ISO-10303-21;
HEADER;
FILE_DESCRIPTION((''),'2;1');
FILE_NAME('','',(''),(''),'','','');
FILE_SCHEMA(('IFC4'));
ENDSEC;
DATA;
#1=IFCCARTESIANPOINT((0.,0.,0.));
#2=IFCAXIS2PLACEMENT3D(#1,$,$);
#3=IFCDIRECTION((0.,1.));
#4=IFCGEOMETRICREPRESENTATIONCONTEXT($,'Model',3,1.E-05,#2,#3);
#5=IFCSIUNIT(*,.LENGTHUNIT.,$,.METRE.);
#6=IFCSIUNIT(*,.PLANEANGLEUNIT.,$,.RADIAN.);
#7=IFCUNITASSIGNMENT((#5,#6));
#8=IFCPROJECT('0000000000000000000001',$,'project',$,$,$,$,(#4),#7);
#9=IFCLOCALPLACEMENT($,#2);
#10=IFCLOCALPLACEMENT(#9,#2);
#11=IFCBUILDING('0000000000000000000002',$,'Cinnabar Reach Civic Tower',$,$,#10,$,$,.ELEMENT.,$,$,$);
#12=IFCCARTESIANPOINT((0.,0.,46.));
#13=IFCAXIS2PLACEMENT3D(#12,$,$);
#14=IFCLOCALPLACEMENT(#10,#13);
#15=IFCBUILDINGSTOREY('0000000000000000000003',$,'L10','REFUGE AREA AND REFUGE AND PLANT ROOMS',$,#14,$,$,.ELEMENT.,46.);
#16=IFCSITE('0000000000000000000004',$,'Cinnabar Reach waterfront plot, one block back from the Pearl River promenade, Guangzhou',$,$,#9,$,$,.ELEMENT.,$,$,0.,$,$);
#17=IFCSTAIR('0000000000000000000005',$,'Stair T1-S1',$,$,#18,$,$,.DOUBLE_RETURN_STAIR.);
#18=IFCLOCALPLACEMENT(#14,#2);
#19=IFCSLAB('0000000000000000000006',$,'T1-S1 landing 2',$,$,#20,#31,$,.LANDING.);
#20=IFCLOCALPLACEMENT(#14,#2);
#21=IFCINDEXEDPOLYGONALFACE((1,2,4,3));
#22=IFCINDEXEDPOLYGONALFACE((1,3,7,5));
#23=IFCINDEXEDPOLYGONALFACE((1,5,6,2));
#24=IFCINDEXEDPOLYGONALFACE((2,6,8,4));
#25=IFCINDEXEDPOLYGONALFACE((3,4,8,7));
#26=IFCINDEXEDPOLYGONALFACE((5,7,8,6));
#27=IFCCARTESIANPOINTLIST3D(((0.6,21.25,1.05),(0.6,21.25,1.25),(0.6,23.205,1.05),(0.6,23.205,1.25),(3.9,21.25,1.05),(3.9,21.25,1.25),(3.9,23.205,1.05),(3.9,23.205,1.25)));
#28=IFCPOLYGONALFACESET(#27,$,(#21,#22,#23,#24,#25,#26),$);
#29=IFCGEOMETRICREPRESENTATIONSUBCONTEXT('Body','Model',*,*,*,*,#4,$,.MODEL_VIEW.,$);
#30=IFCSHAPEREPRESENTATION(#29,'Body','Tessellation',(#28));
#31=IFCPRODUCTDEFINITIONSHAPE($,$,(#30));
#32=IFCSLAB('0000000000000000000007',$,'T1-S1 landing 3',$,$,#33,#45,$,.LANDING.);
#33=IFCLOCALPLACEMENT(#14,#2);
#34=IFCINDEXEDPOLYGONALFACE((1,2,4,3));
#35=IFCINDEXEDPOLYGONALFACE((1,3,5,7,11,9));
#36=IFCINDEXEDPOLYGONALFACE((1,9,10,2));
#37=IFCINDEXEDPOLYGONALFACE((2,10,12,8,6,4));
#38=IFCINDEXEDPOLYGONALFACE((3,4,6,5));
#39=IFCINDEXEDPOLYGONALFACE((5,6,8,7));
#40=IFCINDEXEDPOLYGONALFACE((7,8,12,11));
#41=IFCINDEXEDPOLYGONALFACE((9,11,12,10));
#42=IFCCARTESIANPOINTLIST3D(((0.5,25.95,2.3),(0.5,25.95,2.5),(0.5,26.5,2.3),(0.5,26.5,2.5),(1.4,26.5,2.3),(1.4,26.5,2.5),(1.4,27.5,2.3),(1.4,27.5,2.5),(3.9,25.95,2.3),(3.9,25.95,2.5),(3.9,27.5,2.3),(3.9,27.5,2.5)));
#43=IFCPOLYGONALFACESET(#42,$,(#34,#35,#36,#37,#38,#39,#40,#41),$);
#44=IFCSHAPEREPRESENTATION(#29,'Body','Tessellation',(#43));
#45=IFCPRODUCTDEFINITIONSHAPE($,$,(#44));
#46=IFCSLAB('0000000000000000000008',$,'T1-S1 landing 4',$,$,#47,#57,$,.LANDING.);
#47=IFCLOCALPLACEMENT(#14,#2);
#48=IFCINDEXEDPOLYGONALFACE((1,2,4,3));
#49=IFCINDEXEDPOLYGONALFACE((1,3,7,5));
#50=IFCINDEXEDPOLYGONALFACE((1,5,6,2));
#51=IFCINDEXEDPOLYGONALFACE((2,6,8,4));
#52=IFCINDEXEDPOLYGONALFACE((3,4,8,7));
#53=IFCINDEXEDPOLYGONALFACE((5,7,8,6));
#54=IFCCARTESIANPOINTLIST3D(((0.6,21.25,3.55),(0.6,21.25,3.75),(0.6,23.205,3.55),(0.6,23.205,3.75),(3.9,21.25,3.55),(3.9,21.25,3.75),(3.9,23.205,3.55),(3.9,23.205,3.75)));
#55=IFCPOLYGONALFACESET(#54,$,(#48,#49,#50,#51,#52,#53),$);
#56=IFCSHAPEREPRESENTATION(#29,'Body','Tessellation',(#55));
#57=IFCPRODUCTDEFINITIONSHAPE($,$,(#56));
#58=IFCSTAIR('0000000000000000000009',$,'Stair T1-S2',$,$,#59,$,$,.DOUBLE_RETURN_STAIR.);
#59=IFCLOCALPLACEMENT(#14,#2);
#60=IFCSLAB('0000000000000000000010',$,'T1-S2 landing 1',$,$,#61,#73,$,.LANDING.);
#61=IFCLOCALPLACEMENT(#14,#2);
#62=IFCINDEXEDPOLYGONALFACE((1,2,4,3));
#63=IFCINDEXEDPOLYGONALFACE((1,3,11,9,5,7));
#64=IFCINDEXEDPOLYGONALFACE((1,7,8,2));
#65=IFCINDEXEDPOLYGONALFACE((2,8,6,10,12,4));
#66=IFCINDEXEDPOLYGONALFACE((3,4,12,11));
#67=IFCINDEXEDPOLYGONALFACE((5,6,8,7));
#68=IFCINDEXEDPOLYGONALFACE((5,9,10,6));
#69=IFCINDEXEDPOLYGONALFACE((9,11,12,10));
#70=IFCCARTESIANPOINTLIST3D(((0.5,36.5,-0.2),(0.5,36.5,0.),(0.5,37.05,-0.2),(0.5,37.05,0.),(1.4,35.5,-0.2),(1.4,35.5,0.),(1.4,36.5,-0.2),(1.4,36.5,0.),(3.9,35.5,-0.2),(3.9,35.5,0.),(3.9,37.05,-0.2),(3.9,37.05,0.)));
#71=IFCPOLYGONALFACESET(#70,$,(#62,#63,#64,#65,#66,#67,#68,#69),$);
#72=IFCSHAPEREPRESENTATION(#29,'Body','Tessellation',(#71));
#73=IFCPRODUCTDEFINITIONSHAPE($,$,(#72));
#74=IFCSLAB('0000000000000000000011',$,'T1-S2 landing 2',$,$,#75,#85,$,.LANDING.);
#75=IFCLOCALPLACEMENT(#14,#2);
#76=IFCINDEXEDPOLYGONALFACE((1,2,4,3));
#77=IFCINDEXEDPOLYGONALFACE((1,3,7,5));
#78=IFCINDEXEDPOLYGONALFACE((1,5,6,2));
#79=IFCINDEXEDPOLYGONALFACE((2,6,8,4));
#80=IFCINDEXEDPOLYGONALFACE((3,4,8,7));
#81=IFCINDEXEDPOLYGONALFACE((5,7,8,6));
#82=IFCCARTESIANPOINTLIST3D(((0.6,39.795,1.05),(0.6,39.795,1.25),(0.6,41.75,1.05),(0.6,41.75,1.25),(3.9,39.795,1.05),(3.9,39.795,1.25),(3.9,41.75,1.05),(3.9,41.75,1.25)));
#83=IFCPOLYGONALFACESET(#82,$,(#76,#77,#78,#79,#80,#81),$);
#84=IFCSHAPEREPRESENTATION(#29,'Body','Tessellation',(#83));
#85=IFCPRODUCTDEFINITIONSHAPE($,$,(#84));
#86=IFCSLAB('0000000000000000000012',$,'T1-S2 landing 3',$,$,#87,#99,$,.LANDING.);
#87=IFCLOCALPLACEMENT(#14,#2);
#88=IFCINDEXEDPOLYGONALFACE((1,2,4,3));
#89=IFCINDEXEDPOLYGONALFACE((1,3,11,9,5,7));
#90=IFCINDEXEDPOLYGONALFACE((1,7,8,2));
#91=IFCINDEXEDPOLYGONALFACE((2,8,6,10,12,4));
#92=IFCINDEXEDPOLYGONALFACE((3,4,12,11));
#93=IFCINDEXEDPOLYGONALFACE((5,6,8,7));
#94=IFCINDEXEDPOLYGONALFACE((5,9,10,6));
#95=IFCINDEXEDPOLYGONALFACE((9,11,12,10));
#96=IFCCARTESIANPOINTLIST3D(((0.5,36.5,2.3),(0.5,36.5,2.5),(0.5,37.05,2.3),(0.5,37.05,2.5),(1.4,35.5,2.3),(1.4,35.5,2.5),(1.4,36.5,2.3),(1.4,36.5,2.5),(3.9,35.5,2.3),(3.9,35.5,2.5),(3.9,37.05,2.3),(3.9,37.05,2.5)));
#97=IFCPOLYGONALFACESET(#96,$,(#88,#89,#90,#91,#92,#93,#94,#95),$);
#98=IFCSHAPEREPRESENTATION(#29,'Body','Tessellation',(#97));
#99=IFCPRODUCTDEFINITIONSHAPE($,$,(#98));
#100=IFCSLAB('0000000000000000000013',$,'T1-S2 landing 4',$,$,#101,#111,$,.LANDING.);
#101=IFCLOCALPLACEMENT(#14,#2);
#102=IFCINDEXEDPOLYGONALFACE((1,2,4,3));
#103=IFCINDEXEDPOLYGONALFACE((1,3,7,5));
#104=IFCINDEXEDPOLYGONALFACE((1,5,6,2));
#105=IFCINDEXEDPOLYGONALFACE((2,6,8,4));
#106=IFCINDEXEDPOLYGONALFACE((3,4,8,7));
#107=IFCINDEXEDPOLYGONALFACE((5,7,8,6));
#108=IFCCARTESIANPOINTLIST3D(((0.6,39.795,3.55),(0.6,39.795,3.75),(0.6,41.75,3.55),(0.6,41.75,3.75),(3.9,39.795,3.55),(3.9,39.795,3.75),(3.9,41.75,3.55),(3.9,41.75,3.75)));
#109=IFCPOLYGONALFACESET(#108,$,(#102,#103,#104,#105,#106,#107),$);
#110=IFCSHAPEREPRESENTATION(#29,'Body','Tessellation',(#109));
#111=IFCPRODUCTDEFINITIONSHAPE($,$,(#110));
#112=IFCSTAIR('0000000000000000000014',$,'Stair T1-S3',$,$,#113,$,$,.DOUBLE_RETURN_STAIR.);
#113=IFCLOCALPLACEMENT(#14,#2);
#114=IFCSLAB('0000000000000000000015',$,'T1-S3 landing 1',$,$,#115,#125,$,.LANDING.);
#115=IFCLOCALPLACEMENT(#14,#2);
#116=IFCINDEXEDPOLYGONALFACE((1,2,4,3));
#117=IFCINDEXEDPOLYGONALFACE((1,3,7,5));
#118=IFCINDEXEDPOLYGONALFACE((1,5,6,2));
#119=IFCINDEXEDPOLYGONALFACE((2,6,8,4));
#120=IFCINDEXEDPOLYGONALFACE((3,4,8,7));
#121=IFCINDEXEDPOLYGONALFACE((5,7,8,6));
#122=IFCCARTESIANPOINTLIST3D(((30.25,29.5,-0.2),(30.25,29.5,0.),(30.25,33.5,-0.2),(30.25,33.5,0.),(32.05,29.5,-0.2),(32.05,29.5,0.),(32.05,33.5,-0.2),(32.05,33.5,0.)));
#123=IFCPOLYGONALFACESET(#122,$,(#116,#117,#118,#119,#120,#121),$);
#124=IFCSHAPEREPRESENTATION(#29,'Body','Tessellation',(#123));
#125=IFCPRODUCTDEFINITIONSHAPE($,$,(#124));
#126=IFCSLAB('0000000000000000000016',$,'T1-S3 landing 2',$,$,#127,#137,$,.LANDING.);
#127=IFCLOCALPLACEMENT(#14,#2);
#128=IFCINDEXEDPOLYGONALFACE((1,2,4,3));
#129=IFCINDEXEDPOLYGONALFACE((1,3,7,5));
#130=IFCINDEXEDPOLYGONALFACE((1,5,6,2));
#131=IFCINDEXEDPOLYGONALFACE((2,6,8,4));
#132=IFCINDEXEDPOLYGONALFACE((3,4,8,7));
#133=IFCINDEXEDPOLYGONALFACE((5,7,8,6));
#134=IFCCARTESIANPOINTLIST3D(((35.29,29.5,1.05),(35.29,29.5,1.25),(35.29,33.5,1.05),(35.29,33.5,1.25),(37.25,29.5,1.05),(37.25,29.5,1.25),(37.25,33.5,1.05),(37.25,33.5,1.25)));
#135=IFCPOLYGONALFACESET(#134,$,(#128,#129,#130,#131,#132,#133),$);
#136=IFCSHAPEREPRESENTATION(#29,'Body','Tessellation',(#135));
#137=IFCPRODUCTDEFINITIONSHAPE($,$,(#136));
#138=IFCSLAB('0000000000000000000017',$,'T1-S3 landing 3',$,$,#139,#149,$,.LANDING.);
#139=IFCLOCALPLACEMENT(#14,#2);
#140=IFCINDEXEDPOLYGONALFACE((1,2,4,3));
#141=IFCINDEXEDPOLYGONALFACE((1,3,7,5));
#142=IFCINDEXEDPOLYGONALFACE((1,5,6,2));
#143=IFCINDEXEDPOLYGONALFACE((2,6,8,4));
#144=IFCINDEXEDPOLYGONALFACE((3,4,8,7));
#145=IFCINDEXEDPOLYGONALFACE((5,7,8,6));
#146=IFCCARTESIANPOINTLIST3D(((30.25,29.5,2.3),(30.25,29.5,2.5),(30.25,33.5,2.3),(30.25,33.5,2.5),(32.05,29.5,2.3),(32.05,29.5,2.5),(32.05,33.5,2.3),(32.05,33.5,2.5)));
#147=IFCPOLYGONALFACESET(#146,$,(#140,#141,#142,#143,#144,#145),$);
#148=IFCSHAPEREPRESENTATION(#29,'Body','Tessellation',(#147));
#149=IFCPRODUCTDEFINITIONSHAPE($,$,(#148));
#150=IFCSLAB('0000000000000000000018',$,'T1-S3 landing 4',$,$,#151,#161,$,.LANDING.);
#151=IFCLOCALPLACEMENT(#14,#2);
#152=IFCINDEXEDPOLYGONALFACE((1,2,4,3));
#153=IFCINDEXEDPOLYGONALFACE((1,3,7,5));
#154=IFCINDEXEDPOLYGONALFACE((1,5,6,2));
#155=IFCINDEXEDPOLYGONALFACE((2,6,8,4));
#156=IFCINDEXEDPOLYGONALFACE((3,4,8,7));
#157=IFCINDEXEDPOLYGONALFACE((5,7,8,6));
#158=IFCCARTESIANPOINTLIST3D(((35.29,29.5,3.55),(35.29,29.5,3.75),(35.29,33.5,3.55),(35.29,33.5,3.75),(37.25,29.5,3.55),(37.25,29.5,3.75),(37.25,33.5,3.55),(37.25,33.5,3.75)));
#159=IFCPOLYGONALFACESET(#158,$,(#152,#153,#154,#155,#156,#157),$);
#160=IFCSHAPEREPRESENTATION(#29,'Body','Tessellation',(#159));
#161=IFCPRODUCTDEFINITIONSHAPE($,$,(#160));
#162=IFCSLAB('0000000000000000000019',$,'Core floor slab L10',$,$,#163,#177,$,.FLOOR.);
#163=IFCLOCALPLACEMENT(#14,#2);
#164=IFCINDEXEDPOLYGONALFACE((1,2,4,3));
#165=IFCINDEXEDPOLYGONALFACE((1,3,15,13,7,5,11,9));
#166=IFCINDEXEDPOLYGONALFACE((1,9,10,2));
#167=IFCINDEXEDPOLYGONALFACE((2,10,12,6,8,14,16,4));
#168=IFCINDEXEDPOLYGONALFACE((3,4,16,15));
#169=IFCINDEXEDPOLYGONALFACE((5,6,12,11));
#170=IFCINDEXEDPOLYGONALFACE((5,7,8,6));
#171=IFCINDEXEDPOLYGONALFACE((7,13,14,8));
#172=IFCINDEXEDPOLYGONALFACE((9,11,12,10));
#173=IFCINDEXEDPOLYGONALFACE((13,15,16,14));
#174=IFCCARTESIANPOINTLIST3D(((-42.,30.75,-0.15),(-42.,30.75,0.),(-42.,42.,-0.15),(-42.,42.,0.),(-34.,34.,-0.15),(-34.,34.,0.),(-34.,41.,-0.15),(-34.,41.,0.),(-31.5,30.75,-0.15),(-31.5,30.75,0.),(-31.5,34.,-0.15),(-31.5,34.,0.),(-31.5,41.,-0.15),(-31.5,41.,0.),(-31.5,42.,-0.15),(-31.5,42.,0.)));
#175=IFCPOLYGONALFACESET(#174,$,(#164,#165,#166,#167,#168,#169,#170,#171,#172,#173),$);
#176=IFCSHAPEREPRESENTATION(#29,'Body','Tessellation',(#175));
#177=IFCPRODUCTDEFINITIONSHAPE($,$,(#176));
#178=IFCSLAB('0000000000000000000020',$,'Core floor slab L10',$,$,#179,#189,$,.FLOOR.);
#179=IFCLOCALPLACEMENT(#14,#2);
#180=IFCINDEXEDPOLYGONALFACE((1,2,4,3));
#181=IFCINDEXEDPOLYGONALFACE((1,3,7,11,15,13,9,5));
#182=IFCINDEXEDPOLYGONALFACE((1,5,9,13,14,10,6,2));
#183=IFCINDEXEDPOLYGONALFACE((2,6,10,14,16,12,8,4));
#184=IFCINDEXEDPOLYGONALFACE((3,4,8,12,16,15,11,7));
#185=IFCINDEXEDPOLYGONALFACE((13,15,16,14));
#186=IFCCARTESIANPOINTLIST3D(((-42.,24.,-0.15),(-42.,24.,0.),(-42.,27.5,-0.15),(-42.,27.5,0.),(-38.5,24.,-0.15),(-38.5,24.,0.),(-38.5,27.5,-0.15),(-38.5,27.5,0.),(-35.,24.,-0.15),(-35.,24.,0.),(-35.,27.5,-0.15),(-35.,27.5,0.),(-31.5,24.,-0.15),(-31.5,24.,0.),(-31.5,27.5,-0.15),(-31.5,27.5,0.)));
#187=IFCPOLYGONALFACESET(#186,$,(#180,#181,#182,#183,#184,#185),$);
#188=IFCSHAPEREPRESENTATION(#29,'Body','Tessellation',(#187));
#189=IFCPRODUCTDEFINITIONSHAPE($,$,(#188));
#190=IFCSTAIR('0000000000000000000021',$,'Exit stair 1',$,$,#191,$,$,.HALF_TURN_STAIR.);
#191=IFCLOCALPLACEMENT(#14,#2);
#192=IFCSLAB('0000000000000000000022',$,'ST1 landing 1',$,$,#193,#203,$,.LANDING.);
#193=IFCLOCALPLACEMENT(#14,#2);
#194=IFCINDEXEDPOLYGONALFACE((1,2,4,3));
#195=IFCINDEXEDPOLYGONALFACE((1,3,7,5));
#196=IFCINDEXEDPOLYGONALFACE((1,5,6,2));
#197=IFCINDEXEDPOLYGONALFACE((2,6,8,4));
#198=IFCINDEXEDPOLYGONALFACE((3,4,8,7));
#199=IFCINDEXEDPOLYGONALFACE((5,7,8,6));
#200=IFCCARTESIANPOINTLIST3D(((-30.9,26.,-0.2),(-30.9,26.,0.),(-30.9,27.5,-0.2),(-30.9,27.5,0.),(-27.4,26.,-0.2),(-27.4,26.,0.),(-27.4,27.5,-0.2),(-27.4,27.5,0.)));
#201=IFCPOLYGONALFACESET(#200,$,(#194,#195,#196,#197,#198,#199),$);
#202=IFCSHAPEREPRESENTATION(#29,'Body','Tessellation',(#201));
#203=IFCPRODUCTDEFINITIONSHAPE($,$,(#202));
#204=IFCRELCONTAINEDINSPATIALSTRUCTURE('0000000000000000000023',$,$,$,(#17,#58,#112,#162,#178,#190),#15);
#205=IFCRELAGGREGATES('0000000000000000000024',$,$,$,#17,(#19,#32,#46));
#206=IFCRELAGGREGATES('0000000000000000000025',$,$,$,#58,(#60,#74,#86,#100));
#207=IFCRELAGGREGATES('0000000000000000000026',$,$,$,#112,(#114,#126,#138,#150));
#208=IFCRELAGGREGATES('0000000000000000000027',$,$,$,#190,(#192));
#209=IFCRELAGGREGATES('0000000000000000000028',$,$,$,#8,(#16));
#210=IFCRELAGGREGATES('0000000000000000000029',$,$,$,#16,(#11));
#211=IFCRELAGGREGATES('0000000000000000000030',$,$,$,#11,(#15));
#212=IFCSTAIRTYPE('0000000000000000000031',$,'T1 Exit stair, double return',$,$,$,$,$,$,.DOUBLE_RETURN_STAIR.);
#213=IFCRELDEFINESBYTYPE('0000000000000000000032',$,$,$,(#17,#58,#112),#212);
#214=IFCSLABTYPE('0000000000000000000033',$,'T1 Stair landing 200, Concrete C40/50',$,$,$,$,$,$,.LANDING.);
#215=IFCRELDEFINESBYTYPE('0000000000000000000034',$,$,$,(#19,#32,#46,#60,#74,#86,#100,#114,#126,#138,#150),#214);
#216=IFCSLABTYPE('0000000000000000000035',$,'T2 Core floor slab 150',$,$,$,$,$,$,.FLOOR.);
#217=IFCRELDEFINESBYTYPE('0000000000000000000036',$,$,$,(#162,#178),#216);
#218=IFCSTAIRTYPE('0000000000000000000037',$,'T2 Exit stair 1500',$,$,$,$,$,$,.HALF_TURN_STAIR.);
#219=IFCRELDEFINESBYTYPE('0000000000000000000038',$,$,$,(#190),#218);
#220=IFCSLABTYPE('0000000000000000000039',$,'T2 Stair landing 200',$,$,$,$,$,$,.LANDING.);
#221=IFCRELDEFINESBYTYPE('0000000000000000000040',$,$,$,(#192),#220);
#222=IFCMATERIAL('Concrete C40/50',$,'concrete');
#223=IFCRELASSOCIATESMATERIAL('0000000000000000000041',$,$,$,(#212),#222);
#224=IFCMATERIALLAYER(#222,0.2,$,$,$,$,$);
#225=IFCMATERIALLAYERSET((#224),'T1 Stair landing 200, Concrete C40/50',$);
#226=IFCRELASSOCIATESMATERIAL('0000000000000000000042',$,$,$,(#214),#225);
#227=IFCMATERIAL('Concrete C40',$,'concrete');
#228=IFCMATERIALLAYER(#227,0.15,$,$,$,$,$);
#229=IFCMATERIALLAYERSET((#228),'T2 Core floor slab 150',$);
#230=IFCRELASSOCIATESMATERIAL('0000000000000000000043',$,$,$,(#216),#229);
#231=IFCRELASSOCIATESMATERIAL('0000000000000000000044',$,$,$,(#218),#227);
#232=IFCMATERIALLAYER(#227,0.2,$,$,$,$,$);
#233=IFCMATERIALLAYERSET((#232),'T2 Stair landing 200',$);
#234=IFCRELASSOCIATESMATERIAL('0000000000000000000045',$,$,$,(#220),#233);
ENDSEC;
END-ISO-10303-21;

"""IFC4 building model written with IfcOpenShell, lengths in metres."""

from ifc_helpers import new_model, si_unit, direction, frame, origin, place, context, subcontext, project, spatial, polyline, outline, extrude, material, layer, layer_set, type_object, element, aggregate, save


model = new_model("IFC4")

# Units and contexts
model_context = context("Model", 3, precision=1e-05, world=origin(), true_north=direction((0.0, 1.0)))
body_context = subcontext(model_context, "Body", "Model", "MODEL_VIEW")
ifc_project = project(units=[si_unit("LENGTHUNIT", "METRE"), si_unit("PLANEANGLEUNIT", "RADIAN")], contexts=[model_context])

# Site, building, storey
site_placement = place(None, origin())
site = spatial("IfcSite", under=ifc_project, at=site_placement, Name="Cinnabar Reach waterfront plot, one block back from the Pearl River promenade, Guangzhou", CompositionType="ELEMENT", RefElevation=0.0)
building_placement = place(site_placement, origin())
building = spatial("IfcBuilding", under=site, at=building_placement, Name="Cinnabar Reach Civic Tower", CompositionType="ELEMENT")
storey_placement = place(building_placement, frame((0.0, 0.0, 46.0)))
storey = spatial("IfcBuildingStorey", under=building, at=storey_placement, Name="L10", Description="REFUGE AREA AND REFUGE AND PLANT ROOMS", CompositionType="ELEMENT", Elevation=46.0)

# Stairs, slabs
ifc_material_1 = material(Name="Concrete C40/50", Category="concrete")
stair_type_1 = type_object("IfcStairType", Name="T1 Exit stair, double return", PredefinedType="DOUBLE_RETURN_STAIR", material=ifc_material_1)
stair_1_placement = place(storey_placement, origin())
stair_1 = element("IfcStair", 1, at=stair_1_placement, inside=storey, type_object=stair_type_1, Name="Stair T1-S1", PredefinedType="DOUBLE_RETURN_STAIR")
ifc_layer_1 = layer(ifc_material_1, 0.2)
ifc_layer_set_1 = layer_set([ifc_layer_1], Name="T1 Stair landing 200, Concrete C40/50")
slab_type_1 = type_object("IfcSlabType", Name="T1 Stair landing 200, Concrete C40/50", PredefinedType="LANDING", material=ifc_layer_set_1)
slab_1_placement = place(storey_placement, frame((0.0, 0.0, 1.05)))
slab_1 = element("IfcSlab", 2, at=slab_1_placement, type_object=slab_type_1, Name="T1-S1 landing 2", PredefinedType="LANDING", context=body_context, shape_type="SweptSolid", body=[
    extrude(outline(polyline([(0.6, 21.25), (0.6, 23.205), (3.9, 23.205), (3.9, 21.25), (0.6, 21.25)])), origin(), (0.0, 0.0, 1.0), 0.2),
])
slab_2_placement = place(storey_placement, frame((0.0, 0.0, 2.3)))
slab_2 = element("IfcSlab", 3, at=slab_2_placement, type_object=slab_type_1, Name="T1-S1 landing 3", PredefinedType="LANDING", context=body_context, shape_type="SweptSolid", body=[
    extrude(outline(polyline([(3.9, 27.5), (3.9, 25.95), (0.5, 25.95), (0.5, 26.5), (1.4, 26.5), (1.4, 27.5), (3.9, 27.5)])), origin(), (0.0, 0.0, 1.0), 0.2),
])
slab_3_placement = place(storey_placement, frame((0.0, 0.0, 3.55)))
slab_3 = element("IfcSlab", 4, at=slab_3_placement, type_object=slab_type_1, Name="T1-S1 landing 4", PredefinedType="LANDING", context=body_context, shape_type="SweptSolid", body=[
    extrude(outline(polyline([(0.6, 21.25), (0.6, 23.205), (3.9, 23.205), (3.9, 21.25), (0.6, 21.25)])), origin(), (0.0, 0.0, 1.0), 0.2),
])
aggregate(stair_1, [slab_1, slab_2, slab_3])
stair_2_placement = place(storey_placement, origin())
stair_2 = element("IfcStair", 5, at=stair_2_placement, inside=storey, type_object=stair_type_1, Name="Stair T1-S2", PredefinedType="DOUBLE_RETURN_STAIR")
slab_4_placement = place(storey_placement, frame((0.0, 0.0, -0.2)))
slab_4 = element("IfcSlab", 6, at=slab_4_placement, type_object=slab_type_1, Name="T1-S2 landing 1", PredefinedType="LANDING", context=body_context, shape_type="SweptSolid", body=[
    extrude(outline(polyline([(0.5, 37.05), (3.9, 37.05), (3.9, 35.5), (1.4, 35.5), (1.4, 36.5), (0.5, 36.5), (0.5, 37.05)])), origin(), (0.0, 0.0, 1.0), 0.2),
])
slab_5_placement = place(storey_placement, frame((0.0, 0.0, 1.05)))
slab_5 = element("IfcSlab", 7, at=slab_5_placement, type_object=slab_type_1, Name="T1-S2 landing 2", PredefinedType="LANDING", context=body_context, shape_type="SweptSolid", body=[
    extrude(outline(polyline([(0.6, 39.795), (0.6, 41.75), (3.9, 41.75), (3.9, 39.795), (0.6, 39.795)])), origin(), (0.0, 0.0, 1.0), 0.2),
])
slab_6_placement = place(storey_placement, frame((0.0, 0.0, 2.3)))
slab_6 = element("IfcSlab", 8, at=slab_6_placement, type_object=slab_type_1, Name="T1-S2 landing 3", PredefinedType="LANDING", context=body_context, shape_type="SweptSolid", body=[
    extrude(outline(polyline([(0.5, 37.05), (3.9, 37.05), (3.9, 35.5), (1.4, 35.5), (1.4, 36.5), (0.5, 36.5), (0.5, 37.05)])), origin(), (0.0, 0.0, 1.0), 0.2),
])
slab_7_placement = place(storey_placement, frame((0.0, 0.0, 3.55)))
slab_7 = element("IfcSlab", 9, at=slab_7_placement, type_object=slab_type_1, Name="T1-S2 landing 4", PredefinedType="LANDING", context=body_context, shape_type="SweptSolid", body=[
    extrude(outline(polyline([(0.6, 39.795), (0.6, 41.75), (3.9, 41.75), (3.9, 39.795), (0.6, 39.795)])), origin(), (0.0, 0.0, 1.0), 0.2),
])
aggregate(stair_2, [slab_4, slab_5, slab_6, slab_7])
stair_3_placement = place(storey_placement, origin())
stair_3 = element("IfcStair", 10, at=stair_3_placement, inside=storey, type_object=stair_type_1, Name="Stair T1-S3", PredefinedType="DOUBLE_RETURN_STAIR")
slab_8_placement = place(storey_placement, frame((0.0, 0.0, -0.2)))
slab_8 = element("IfcSlab", 11, at=slab_8_placement, type_object=slab_type_1, Name="T1-S3 landing 1", PredefinedType="LANDING", context=body_context, shape_type="SweptSolid", body=[
    extrude(outline(polyline([(30.25, 29.5), (32.05, 29.5), (32.05, 33.5), (30.25, 33.5), (30.25, 29.5)])), origin(), (0.0, 0.0, 1.0), 0.2),
])
slab_9_placement = place(storey_placement, frame((0.0, 0.0, 1.05)))
slab_9 = element("IfcSlab", 12, at=slab_9_placement, type_object=slab_type_1, Name="T1-S3 landing 2", PredefinedType="LANDING", context=body_context, shape_type="SweptSolid", body=[
    extrude(outline(polyline([(35.29, 29.5), (37.25, 29.5), (37.25, 33.5), (35.29, 33.5), (35.29, 29.5)])), origin(), (0.0, 0.0, 1.0), 0.2),
])
slab_10_placement = place(storey_placement, frame((0.0, 0.0, 2.3)))
slab_10 = element("IfcSlab", 13, at=slab_10_placement, type_object=slab_type_1, Name="T1-S3 landing 3", PredefinedType="LANDING", context=body_context, shape_type="SweptSolid", body=[
    extrude(outline(polyline([(30.25, 29.5), (32.05, 29.5), (32.05, 33.5), (30.25, 33.5), (30.25, 29.5)])), origin(), (0.0, 0.0, 1.0), 0.2),
])
slab_11_placement = place(storey_placement, frame((0.0, 0.0, 3.55)))
slab_11 = element("IfcSlab", 14, at=slab_11_placement, type_object=slab_type_1, Name="T1-S3 landing 4", PredefinedType="LANDING", context=body_context, shape_type="SweptSolid", body=[
    extrude(outline(polyline([(35.29, 29.5), (37.25, 29.5), (37.25, 33.5), (35.29, 33.5), (35.29, 29.5)])), origin(), (0.0, 0.0, 1.0), 0.2),
])
aggregate(stair_3, [slab_8, slab_9, slab_10, slab_11])

# Slabs
ifc_material_2 = material(Name="Concrete C40", Category="concrete")
ifc_layer_2 = layer(ifc_material_2, 0.15)
ifc_layer_set_2 = layer_set([ifc_layer_2], Name="T2 Core floor slab 150")
slab_type_2 = type_object("IfcSlabType", Name="T2 Core floor slab 150", PredefinedType="FLOOR", material=ifc_layer_set_2)
slab_12_placement = place(storey_placement, frame((0.0, 0.0, -0.15)))
element("IfcSlab", 15, at=slab_12_placement, inside=storey, type_object=slab_type_2, Name="Core floor slab L10", PredefinedType="FLOOR", context=body_context, shape_type="SweptSolid", body=[
    extrude(outline(polyline([(-42.0, 42.0), (-31.5, 42.0), (-31.5, 41.0), (-34.0, 41.0), (-34.0, 34.0), (-31.5, 34.0), (-31.5, 30.75), (-42.0, 30.75), (-42.0, 42.0)])), origin(), (0.0, 0.0, 1.0), 0.15),
])
slab_13_placement = place(storey_placement, frame((0.0, 0.0, -0.15)))
element("IfcSlab", 16, at=slab_13_placement, inside=storey, type_object=slab_type_2, Name="Core floor slab L10", PredefinedType="FLOOR", context=body_context, shape_type="SweptSolid", body=[
    extrude(outline(polyline([(-35.0, 24.0), (-38.5, 24.0), (-42.0, 24.0), (-42.0, 27.5), (-38.5, 27.5), (-35.0, 27.5), (-31.5, 27.5), (-31.5, 24.0), (-35.0, 24.0)])), origin(), (0.0, 0.0, 1.0), 0.15),
])

# Stair, slab
stair_type_2 = type_object("IfcStairType", Name="T2 Exit stair 1500", PredefinedType="HALF_TURN_STAIR", material=ifc_material_2)
stair_4_placement = place(storey_placement, origin())
stair_4 = element("IfcStair", 17, at=stair_4_placement, inside=storey, type_object=stair_type_2, Name="Exit stair 1", PredefinedType="HALF_TURN_STAIR")
ifc_layer_3 = layer(ifc_material_2, 0.2)
ifc_layer_set_3 = layer_set([ifc_layer_3], Name="T2 Stair landing 200")
slab_type_3 = type_object("IfcSlabType", Name="T2 Stair landing 200", PredefinedType="LANDING", material=ifc_layer_set_3)
slab_14_placement = place(storey_placement, frame((0.0, 0.0, -0.2)))
slab_14 = element("IfcSlab", 18, at=slab_14_placement, type_object=slab_type_3, Name="ST1 landing 1", PredefinedType="LANDING", context=body_context, shape_type="SweptSolid", body=[
    extrude(outline(polyline([(-30.9, 26.0), (-30.9, 27.5), (-27.4, 27.5), (-27.4, 26.0), (-30.9, 26.0)])), origin(), (0.0, 0.0, 1.0), 0.2),
])
aggregate(stair_4, [slab_14])

save(model, "model.ifc")
